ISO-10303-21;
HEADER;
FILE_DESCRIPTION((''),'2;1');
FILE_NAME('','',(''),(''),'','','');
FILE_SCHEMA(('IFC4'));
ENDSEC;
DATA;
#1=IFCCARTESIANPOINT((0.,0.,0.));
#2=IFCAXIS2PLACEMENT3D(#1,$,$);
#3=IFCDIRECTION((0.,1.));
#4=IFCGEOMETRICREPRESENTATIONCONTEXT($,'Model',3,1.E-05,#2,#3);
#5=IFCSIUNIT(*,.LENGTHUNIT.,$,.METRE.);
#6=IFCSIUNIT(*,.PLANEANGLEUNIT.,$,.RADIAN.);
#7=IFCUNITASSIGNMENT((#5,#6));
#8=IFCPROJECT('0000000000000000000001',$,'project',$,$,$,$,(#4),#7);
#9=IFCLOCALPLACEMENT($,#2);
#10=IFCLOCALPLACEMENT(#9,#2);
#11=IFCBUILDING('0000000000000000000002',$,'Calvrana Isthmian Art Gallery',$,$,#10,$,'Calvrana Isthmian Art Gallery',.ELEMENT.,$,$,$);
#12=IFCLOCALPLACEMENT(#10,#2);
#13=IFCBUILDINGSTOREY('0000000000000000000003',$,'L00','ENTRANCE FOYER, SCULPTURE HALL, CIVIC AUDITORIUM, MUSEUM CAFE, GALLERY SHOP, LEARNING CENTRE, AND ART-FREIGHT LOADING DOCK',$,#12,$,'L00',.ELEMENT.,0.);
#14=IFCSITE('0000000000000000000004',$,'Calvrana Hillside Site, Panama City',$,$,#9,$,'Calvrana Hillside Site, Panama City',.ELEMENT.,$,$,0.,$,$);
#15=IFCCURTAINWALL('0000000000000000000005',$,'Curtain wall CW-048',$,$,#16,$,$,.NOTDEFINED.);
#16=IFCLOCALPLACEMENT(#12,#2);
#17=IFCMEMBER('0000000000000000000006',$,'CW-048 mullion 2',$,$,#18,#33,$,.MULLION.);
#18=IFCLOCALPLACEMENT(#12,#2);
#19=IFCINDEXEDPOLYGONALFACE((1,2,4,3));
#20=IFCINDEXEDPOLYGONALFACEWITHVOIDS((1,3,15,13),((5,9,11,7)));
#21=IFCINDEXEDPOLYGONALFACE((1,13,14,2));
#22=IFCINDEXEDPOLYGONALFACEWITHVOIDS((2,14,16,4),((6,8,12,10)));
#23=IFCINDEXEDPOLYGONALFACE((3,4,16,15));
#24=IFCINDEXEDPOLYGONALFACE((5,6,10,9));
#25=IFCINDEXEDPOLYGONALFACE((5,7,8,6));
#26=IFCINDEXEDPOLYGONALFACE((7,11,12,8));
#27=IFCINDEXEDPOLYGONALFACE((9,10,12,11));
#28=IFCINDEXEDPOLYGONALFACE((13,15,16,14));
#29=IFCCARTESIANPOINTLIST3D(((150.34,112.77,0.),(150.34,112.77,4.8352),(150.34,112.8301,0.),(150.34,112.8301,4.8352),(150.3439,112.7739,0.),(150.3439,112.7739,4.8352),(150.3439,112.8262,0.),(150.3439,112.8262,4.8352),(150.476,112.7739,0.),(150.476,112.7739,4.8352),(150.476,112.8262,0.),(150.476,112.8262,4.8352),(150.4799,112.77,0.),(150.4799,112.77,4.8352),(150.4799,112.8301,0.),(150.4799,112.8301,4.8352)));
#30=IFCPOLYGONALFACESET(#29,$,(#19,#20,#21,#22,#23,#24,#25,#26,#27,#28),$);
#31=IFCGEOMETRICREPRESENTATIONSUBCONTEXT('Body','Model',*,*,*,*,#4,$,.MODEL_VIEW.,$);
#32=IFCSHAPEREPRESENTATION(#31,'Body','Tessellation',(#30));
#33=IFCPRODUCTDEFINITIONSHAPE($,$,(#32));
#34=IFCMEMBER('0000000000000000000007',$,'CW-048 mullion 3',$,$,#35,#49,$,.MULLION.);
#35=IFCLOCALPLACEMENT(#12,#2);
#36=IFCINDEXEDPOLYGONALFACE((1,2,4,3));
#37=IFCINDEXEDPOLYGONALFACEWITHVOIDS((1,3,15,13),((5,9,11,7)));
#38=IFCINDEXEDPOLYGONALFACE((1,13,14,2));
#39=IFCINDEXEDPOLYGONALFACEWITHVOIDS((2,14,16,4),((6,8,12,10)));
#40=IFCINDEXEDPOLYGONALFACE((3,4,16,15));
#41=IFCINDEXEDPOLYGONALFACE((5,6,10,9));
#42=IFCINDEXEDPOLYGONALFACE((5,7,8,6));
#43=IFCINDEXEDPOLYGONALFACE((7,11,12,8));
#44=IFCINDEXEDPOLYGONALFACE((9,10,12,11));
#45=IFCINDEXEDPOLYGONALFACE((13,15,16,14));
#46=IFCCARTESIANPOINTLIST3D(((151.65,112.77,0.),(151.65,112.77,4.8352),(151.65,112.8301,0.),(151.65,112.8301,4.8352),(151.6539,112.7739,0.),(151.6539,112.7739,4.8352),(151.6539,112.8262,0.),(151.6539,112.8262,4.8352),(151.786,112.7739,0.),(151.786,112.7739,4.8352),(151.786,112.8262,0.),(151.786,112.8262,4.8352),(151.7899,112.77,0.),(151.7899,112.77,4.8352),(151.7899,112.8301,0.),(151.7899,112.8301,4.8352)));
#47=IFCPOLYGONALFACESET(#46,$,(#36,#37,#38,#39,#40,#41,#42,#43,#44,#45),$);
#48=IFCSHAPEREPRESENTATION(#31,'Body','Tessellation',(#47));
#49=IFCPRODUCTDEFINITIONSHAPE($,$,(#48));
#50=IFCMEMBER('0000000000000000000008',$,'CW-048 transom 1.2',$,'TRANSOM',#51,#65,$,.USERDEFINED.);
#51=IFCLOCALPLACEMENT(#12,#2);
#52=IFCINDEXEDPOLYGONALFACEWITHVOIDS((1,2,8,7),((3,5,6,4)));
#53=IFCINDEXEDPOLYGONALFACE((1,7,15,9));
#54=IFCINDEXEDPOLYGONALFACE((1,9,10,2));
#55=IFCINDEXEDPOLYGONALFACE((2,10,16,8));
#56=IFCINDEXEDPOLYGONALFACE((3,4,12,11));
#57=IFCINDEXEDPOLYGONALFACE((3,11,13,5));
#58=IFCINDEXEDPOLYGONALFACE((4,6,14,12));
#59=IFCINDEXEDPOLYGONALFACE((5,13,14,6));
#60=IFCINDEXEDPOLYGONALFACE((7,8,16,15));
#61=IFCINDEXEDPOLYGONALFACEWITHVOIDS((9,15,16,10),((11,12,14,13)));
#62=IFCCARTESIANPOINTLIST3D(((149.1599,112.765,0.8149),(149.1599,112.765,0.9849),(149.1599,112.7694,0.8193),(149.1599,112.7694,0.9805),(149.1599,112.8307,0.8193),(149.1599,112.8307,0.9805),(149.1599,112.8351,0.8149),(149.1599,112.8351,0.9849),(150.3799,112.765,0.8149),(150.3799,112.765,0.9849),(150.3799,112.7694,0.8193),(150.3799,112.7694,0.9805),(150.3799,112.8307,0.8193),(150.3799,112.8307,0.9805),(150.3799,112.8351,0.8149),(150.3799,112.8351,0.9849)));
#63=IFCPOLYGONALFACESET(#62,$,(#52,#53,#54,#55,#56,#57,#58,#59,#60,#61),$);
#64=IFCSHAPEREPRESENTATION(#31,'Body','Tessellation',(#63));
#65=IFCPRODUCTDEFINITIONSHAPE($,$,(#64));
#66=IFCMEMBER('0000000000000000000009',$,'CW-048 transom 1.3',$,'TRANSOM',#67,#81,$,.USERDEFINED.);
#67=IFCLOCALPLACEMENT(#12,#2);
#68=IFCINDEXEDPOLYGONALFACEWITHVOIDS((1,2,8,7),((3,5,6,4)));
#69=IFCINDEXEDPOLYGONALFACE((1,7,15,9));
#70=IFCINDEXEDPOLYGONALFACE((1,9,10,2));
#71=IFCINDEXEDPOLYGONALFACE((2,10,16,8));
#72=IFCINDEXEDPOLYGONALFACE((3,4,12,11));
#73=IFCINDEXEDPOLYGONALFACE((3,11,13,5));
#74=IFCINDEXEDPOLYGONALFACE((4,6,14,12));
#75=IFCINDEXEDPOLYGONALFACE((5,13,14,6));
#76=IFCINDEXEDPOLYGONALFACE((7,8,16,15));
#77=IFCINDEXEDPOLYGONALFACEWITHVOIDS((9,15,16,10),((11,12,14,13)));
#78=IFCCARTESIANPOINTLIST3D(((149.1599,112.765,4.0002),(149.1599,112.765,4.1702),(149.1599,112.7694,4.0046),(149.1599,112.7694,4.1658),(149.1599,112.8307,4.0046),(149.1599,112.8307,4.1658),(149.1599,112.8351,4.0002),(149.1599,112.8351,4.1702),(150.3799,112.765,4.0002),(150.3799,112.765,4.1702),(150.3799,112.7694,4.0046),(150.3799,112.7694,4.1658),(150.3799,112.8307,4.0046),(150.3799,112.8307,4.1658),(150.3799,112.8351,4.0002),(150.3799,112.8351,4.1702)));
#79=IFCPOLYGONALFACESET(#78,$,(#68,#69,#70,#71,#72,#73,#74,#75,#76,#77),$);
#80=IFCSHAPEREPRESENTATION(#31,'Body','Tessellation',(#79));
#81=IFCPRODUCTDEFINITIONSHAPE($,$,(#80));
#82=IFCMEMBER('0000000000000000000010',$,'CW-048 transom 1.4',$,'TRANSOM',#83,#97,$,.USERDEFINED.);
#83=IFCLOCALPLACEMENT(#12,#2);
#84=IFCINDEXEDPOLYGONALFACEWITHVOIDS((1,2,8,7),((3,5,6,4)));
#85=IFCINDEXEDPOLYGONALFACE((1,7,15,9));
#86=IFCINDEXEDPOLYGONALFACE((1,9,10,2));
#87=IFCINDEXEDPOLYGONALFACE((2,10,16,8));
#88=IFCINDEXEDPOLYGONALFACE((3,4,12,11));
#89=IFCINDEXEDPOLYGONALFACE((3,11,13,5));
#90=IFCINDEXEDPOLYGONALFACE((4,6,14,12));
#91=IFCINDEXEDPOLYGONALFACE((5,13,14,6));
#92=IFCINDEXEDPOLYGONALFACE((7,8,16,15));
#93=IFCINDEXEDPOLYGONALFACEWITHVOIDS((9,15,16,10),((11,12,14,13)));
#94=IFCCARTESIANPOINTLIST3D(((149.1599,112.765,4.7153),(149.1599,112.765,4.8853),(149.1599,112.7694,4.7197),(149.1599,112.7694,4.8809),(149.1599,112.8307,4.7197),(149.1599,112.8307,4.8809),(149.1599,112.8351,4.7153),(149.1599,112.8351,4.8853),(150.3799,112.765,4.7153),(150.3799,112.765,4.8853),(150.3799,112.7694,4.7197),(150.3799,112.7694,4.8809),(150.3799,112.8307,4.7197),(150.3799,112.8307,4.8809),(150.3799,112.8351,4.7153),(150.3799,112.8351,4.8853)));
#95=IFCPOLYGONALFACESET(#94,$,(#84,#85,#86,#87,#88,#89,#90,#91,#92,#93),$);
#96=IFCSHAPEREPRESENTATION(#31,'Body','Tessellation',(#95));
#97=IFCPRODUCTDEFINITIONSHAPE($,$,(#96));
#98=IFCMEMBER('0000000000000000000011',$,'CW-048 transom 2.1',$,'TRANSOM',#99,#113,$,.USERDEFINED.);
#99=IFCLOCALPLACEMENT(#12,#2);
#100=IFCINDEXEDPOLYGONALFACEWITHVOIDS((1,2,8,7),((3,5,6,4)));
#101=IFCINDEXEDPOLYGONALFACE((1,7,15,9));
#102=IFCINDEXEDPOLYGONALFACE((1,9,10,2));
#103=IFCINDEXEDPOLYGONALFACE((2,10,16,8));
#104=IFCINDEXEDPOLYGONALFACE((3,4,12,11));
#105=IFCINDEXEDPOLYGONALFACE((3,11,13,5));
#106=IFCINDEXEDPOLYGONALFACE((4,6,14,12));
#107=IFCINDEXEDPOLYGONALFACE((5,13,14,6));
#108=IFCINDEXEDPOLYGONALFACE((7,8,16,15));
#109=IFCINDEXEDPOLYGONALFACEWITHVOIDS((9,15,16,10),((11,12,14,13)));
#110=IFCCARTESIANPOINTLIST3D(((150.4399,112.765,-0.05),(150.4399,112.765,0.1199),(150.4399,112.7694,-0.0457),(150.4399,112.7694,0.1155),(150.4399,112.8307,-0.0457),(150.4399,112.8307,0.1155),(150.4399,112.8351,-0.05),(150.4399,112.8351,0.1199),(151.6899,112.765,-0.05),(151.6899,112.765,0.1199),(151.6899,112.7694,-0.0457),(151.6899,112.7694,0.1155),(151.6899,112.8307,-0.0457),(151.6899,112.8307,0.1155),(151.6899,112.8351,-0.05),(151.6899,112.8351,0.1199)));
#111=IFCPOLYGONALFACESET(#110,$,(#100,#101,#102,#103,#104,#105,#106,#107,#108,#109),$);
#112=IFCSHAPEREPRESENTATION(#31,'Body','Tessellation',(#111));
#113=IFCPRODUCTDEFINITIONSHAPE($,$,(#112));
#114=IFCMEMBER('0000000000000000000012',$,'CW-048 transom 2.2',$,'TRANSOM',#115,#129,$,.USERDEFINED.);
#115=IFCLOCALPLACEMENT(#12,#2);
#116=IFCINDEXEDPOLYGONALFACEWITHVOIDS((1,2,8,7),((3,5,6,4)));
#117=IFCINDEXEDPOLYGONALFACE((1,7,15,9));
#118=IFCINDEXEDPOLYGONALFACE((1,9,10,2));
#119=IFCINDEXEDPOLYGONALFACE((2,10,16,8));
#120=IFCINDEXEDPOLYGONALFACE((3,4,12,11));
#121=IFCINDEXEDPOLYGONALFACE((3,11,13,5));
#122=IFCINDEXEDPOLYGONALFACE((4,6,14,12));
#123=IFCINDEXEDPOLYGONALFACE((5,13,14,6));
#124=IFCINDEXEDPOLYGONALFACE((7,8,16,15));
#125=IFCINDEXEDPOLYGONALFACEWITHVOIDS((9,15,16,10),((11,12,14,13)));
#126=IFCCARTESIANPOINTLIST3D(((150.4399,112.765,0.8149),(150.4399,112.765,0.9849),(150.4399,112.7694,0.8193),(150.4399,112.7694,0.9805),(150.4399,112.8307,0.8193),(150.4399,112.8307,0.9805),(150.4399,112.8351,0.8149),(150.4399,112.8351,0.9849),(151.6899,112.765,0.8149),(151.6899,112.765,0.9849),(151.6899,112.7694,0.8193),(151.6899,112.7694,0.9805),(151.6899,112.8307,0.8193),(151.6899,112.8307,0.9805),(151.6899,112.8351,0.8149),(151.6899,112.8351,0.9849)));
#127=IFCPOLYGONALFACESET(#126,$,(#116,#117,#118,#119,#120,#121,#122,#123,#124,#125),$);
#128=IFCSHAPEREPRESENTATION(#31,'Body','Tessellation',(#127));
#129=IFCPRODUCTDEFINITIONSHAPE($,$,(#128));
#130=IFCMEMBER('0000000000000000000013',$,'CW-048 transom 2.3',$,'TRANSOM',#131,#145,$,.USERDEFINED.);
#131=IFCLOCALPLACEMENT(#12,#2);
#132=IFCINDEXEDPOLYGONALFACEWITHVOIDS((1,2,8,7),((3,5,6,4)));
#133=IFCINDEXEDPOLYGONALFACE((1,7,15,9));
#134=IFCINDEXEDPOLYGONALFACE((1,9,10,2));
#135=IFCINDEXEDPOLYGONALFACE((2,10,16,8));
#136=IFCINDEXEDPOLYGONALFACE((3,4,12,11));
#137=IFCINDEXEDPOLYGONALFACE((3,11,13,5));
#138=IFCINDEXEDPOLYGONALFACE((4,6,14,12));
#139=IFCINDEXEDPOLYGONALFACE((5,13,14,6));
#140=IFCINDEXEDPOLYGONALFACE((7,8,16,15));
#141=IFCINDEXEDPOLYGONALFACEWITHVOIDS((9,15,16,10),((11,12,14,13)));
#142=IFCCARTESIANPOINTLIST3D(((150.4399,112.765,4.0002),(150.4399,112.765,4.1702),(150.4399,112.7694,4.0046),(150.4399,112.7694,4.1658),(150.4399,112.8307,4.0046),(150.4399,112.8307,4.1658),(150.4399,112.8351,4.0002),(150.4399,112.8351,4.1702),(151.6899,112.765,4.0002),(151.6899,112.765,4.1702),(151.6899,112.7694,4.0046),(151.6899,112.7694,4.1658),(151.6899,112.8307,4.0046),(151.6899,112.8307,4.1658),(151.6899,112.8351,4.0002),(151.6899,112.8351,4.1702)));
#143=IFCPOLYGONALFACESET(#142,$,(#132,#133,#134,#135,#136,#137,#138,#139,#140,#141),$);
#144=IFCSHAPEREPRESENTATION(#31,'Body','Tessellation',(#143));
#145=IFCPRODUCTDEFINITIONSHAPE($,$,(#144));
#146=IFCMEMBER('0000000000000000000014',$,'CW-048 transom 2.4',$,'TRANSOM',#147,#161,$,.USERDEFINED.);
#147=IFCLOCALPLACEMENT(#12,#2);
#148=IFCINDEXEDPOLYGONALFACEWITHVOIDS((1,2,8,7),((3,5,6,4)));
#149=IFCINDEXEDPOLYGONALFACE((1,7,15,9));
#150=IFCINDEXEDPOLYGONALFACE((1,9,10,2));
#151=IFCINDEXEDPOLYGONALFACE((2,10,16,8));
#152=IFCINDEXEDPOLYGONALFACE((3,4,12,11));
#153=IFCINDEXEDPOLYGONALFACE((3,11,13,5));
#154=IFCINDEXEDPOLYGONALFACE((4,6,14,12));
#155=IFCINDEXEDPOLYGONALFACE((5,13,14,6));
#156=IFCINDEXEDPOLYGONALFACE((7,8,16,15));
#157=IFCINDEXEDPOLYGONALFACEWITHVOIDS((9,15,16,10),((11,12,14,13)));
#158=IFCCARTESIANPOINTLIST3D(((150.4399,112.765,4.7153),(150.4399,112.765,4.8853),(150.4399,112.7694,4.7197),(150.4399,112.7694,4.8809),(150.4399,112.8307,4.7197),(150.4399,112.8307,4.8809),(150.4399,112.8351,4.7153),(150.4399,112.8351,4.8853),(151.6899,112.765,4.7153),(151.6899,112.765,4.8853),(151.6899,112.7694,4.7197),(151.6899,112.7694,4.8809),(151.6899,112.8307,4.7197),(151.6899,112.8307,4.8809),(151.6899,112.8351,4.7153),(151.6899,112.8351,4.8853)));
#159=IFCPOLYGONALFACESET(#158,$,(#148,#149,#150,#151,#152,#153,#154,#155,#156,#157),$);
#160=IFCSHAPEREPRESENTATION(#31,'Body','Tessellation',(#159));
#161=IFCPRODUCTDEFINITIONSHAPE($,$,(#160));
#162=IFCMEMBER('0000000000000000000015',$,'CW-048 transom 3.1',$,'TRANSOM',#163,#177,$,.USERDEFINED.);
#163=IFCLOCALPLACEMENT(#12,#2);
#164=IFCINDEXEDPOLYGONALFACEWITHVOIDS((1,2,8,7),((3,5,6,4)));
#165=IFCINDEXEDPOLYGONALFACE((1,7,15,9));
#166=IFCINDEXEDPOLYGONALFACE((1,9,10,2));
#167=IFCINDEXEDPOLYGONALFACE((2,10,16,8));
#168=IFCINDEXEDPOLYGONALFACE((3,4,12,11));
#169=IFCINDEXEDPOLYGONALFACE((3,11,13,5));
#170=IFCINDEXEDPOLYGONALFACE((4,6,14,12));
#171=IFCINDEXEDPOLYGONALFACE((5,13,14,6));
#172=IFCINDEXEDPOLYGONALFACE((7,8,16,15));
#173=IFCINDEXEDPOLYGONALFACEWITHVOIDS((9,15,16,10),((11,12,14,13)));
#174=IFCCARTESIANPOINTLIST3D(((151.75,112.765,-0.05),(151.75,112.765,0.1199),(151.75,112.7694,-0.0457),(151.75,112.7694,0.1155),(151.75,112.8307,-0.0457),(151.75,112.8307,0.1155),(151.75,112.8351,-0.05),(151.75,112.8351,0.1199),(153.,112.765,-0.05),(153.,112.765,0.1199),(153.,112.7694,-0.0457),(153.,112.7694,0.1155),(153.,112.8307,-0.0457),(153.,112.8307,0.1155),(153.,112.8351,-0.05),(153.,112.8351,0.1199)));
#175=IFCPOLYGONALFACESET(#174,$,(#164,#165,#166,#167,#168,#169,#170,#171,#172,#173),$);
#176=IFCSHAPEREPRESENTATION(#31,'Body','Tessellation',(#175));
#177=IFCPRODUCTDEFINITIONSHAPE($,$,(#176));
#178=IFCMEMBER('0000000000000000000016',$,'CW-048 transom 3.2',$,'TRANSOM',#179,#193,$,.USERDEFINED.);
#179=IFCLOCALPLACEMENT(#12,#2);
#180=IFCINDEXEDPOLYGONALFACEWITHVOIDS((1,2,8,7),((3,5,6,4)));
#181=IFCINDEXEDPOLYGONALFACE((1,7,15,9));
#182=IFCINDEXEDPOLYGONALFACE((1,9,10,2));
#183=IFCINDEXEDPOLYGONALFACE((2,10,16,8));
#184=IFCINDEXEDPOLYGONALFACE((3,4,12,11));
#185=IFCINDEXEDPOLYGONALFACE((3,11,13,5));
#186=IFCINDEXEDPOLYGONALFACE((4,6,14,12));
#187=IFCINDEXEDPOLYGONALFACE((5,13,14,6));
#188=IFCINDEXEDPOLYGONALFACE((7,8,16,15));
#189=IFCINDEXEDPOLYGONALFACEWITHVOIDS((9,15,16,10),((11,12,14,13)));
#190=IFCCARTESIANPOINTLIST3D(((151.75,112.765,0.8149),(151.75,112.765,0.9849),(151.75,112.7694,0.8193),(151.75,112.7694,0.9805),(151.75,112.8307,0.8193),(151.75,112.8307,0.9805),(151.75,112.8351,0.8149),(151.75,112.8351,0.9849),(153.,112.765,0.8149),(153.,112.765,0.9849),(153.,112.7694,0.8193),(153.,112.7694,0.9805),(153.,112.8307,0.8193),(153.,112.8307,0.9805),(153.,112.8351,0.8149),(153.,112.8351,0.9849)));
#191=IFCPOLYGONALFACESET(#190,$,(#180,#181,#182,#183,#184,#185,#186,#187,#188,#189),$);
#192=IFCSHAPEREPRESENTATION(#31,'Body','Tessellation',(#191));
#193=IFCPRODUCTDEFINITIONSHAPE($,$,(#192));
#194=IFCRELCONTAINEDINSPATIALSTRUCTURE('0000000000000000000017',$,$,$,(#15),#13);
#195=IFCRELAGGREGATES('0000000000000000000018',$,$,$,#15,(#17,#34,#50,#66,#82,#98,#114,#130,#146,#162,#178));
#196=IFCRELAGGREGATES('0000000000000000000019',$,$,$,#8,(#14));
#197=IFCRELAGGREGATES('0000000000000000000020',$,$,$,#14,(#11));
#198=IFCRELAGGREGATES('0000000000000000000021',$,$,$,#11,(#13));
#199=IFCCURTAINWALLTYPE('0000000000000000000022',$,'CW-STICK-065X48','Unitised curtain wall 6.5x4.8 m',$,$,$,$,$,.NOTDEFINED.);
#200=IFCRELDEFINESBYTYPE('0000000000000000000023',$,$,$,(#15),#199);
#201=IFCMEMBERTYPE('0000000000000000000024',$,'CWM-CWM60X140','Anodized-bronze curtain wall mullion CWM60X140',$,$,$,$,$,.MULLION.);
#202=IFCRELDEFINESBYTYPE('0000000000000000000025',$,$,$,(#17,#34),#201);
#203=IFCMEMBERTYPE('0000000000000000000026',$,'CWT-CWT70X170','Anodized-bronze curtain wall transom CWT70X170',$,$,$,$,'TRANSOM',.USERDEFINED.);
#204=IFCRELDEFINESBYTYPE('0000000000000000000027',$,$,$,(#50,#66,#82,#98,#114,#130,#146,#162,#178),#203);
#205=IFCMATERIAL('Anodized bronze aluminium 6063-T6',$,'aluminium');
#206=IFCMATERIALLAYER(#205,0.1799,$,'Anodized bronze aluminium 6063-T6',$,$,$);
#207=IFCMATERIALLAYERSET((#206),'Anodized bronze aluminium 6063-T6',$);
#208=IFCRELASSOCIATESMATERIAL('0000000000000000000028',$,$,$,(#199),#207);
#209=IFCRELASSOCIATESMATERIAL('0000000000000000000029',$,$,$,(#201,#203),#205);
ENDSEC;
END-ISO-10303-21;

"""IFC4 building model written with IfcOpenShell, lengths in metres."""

from ifc_helpers import new_model, si_unit, direction, frame, origin, origin_2d, place, context, subcontext, project, spatial, hollow_rectangle, extrude, material, layer, layer_set, material_profile, profile_set, type_object, element, aggregate, save


model = new_model("IFC4")

# Units and contexts
model_context = context("Model", 3, precision=1e-05, world=origin(), true_north=direction((0.0, 1.0)))
body_context = subcontext(model_context, "Body", "Model", "MODEL_VIEW")
ifc_project = project(units=[si_unit("LENGTHUNIT", "METRE"), si_unit("PLANEANGLEUNIT", "RADIAN")], contexts=[model_context])

# Site, building, storey
site_placement = place(None, origin())
site = spatial("IfcSite", under=ifc_project, at=site_placement, Name="Calvrana Hillside Site, Panama City", LongName="Calvrana Hillside Site, Panama City", CompositionType="ELEMENT", RefElevation=0.0)
building_placement = place(site_placement, origin())
building = spatial("IfcBuilding", under=site, at=building_placement, Name="Calvrana Isthmian Art Gallery", LongName="Calvrana Isthmian Art Gallery", CompositionType="ELEMENT")
storey_placement = place(building_placement, origin())
storey = spatial("IfcBuildingStorey", under=building, at=storey_placement, Name="L00", Description="ENTRANCE FOYER, SCULPTURE HALL, CIVIC AUDITORIUM, MUSEUM CAFE, GALLERY SHOP, LEARNING CENTRE, AND ART-FREIGHT LOADING DOCK", LongName="L00", CompositionType="ELEMENT", Elevation=0.0)

# Curtain wall, members
ifc_material_1 = material(Name="Anodized bronze aluminium 6063-T6", Category="aluminium")
ifc_layer_1 = layer(ifc_material_1, 0.1799, Name="Anodized bronze aluminium 6063-T6")
ifc_layer_set_1 = layer_set([ifc_layer_1], Name="Anodized bronze aluminium 6063-T6")
curtain_wall_type = type_object("IfcCurtainWallType", Name="CW-STICK-065X48", Description="Unitised curtain wall 6.5x4.8 m", PredefinedType="NOTDEFINED", material=ifc_layer_set_1)
curtain_wall_placement = place(storey_placement, origin())
curtain_wall = element("IfcCurtainWall", 1, at=curtain_wall_placement, inside=storey, type_object=curtain_wall_type, Name="Curtain wall CW-048", PredefinedType="NOTDEFINED")
ifc_material_profile_1 = material_profile(ifc_material_1, hollow_rectangle(XDim=0.0601, YDim=0.1399, WallThickness=0.0039, at=origin_2d()), Name="CWM60X140")
ifc_profile_set_1 = profile_set([ifc_material_profile_1], Name="Anodized bronze aluminium 6063-T6")
member_type_1 = type_object("IfcMemberType", Name="CWM-CWM60X140", Description="Anodized-bronze curtain wall mullion CWM60X140", PredefinedType="MULLION", material=ifc_profile_set_1)
member_1_placement = place(storey_placement, frame((150.4099, 112.8, 0.0), z_axis=(0.0, 0.0, 1.0), x_axis=(0.0, 1.0, 0.0)))
member_1 = element("IfcMember", 2, at=member_1_placement, type_object=member_type_1, Name="CW-048 mullion 2", PredefinedType="MULLION", context=body_context, shape_type="SweptSolid", body=[
    extrude(hollow_rectangle(XDim=0.0601, YDim=0.1399, WallThickness=0.0039, at=origin_2d()), origin(), (0.0, 0.0, 1.0), 4.8352),
])
member_2_placement = place(storey_placement, frame((151.72, 112.8, 0.0), z_axis=(0.0, 0.0, 1.0), x_axis=(0.0, 1.0, 0.0)))
member_2 = element("IfcMember", 3, at=member_2_placement, type_object=member_type_1, Name="CW-048 mullion 3", PredefinedType="MULLION", context=body_context, shape_type="SweptSolid", body=[
    extrude(hollow_rectangle(XDim=0.0601, YDim=0.1399, WallThickness=0.0039, at=origin_2d()), origin(), (0.0, 0.0, 1.0), 4.8352),
])
ifc_material_profile_2 = material_profile(ifc_material_1, hollow_rectangle(XDim=0.0701, YDim=0.1699, WallThickness=0.0044, at=origin_2d()), Name="CWT70X170")
ifc_profile_set_2 = profile_set([ifc_material_profile_2], Name="Anodized bronze aluminium 6063-T6")
member_type_2 = type_object("IfcMemberType", Name="CWT-CWT70X170", Description="Anodized-bronze curtain wall transom CWT70X170", ElementType="TRANSOM", PredefinedType="USERDEFINED", material=ifc_profile_set_2)
member_3_placement = place(storey_placement, frame((149.1599, 112.8, 0.8999), z_axis=(1.0, 0.0, 0.0), x_axis=(0.0, 1.0, 0.0)))
member_3 = element("IfcMember", 4, at=member_3_placement, type_object=member_type_2, Name="CW-048 transom 1.2", ObjectType="TRANSOM", PredefinedType="USERDEFINED", context=body_context, shape_type="SweptSolid", body=[
    extrude(hollow_rectangle(XDim=0.0701, YDim=0.1699, WallThickness=0.0044, at=origin_2d()), origin(), (0.0, 0.0, 1.0), 1.22),
])
member_4_placement = place(storey_placement, frame((149.1599, 112.8, 4.0852), z_axis=(1.0, 0.0, 0.0), x_axis=(0.0, 1.0, 0.0)))
member_4 = element("IfcMember", 5, at=member_4_placement, type_object=member_type_2, Name="CW-048 transom 1.3", ObjectType="TRANSOM", PredefinedType="USERDEFINED", context=body_context, shape_type="SweptSolid", body=[
    extrude(hollow_rectangle(XDim=0.0701, YDim=0.1699, WallThickness=0.0044, at=origin_2d()), origin(), (0.0, 0.0, 1.0), 1.22),
])
member_5_placement = place(storey_placement, frame((149.1599, 112.8, 4.8003), z_axis=(1.0, 0.0, 0.0), x_axis=(0.0, 1.0, 0.0)))
member_5 = element("IfcMember", 6, at=member_5_placement, type_object=member_type_2, Name="CW-048 transom 1.4", ObjectType="TRANSOM", PredefinedType="USERDEFINED", context=body_context, shape_type="SweptSolid", body=[
    extrude(hollow_rectangle(XDim=0.0701, YDim=0.1699, WallThickness=0.0044, at=origin_2d()), origin(), (0.0, 0.0, 1.0), 1.22),
])
member_6_placement = place(storey_placement, frame((150.4399, 112.8, 0.0349), z_axis=(1.0, 0.0, 0.0), x_axis=(0.0, 1.0, 0.0)))
member_6 = element("IfcMember", 7, at=member_6_placement, type_object=member_type_2, Name="CW-048 transom 2.1", ObjectType="TRANSOM", PredefinedType="USERDEFINED", context=body_context, shape_type="SweptSolid", body=[
    extrude(hollow_rectangle(XDim=0.0701, YDim=0.1699, WallThickness=0.0044, at=origin_2d()), origin(), (0.0, 0.0, 1.0), 1.25),
])
member_7_placement = place(storey_placement, frame((150.4399, 112.8, 0.8999), z_axis=(1.0, 0.0, 0.0), x_axis=(0.0, 1.0, 0.0)))
member_7 = element("IfcMember", 8, at=member_7_placement, type_object=member_type_2, Name="CW-048 transom 2.2", ObjectType="TRANSOM", PredefinedType="USERDEFINED", context=body_context, shape_type="SweptSolid", body=[
    extrude(hollow_rectangle(XDim=0.0701, YDim=0.1699, WallThickness=0.0044, at=origin_2d()), origin(), (0.0, 0.0, 1.0), 1.25),
])
member_8_placement = place(storey_placement, frame((150.4399, 112.8, 4.0852), z_axis=(1.0, 0.0, 0.0), x_axis=(0.0, 1.0, 0.0)))
member_8 = element("IfcMember", 9, at=member_8_placement, type_object=member_type_2, Name="CW-048 transom 2.3", ObjectType="TRANSOM", PredefinedType="USERDEFINED", context=body_context, shape_type="SweptSolid", body=[
    extrude(hollow_rectangle(XDim=0.0701, YDim=0.1699, WallThickness=0.0044, at=origin_2d()), origin(), (0.0, 0.0, 1.0), 1.25),
])
member_9_placement = place(storey_placement, frame((150.4399, 112.8, 4.8003), z_axis=(1.0, 0.0, 0.0), x_axis=(0.0, 1.0, 0.0)))
member_9 = element("IfcMember", 10, at=member_9_placement, type_object=member_type_2, Name="CW-048 transom 2.4", ObjectType="TRANSOM", PredefinedType="USERDEFINED", context=body_context, shape_type="SweptSolid", body=[
    extrude(hollow_rectangle(XDim=0.0701, YDim=0.1699, WallThickness=0.0044, at=origin_2d()), origin(), (0.0, 0.0, 1.0), 1.25),
])
member_10_placement = place(storey_placement, frame((151.75, 112.8, 0.0349), z_axis=(1.0, 0.0, 0.0), x_axis=(0.0, 1.0, 0.0)))
member_10 = element("IfcMember", 11, at=member_10_placement, type_object=member_type_2, Name="CW-048 transom 3.1", ObjectType="TRANSOM", PredefinedType="USERDEFINED", context=body_context, shape_type="SweptSolid", body=[
    extrude(hollow_rectangle(XDim=0.0701, YDim=0.1699, WallThickness=0.0044, at=origin_2d()), origin(), (0.0, 0.0, 1.0), 1.25),
])
member_11_placement = place(storey_placement, frame((151.75, 112.8, 0.8999), z_axis=(1.0, 0.0, 0.0), x_axis=(0.0, 1.0, 0.0)))
member_11 = element("IfcMember", 12, at=member_11_placement, type_object=member_type_2, Name="CW-048 transom 3.2", ObjectType="TRANSOM", PredefinedType="USERDEFINED", context=body_context, shape_type="SweptSolid", body=[
    extrude(hollow_rectangle(XDim=0.0701, YDim=0.1699, WallThickness=0.0044, at=origin_2d()), origin(), (0.0, 0.0, 1.0), 1.25),
])
aggregate(curtain_wall, [member_1, member_2, member_3, member_4, member_5, member_6, member_7, member_8, member_9, member_10, member_11])

save(model, "model.ifc")
